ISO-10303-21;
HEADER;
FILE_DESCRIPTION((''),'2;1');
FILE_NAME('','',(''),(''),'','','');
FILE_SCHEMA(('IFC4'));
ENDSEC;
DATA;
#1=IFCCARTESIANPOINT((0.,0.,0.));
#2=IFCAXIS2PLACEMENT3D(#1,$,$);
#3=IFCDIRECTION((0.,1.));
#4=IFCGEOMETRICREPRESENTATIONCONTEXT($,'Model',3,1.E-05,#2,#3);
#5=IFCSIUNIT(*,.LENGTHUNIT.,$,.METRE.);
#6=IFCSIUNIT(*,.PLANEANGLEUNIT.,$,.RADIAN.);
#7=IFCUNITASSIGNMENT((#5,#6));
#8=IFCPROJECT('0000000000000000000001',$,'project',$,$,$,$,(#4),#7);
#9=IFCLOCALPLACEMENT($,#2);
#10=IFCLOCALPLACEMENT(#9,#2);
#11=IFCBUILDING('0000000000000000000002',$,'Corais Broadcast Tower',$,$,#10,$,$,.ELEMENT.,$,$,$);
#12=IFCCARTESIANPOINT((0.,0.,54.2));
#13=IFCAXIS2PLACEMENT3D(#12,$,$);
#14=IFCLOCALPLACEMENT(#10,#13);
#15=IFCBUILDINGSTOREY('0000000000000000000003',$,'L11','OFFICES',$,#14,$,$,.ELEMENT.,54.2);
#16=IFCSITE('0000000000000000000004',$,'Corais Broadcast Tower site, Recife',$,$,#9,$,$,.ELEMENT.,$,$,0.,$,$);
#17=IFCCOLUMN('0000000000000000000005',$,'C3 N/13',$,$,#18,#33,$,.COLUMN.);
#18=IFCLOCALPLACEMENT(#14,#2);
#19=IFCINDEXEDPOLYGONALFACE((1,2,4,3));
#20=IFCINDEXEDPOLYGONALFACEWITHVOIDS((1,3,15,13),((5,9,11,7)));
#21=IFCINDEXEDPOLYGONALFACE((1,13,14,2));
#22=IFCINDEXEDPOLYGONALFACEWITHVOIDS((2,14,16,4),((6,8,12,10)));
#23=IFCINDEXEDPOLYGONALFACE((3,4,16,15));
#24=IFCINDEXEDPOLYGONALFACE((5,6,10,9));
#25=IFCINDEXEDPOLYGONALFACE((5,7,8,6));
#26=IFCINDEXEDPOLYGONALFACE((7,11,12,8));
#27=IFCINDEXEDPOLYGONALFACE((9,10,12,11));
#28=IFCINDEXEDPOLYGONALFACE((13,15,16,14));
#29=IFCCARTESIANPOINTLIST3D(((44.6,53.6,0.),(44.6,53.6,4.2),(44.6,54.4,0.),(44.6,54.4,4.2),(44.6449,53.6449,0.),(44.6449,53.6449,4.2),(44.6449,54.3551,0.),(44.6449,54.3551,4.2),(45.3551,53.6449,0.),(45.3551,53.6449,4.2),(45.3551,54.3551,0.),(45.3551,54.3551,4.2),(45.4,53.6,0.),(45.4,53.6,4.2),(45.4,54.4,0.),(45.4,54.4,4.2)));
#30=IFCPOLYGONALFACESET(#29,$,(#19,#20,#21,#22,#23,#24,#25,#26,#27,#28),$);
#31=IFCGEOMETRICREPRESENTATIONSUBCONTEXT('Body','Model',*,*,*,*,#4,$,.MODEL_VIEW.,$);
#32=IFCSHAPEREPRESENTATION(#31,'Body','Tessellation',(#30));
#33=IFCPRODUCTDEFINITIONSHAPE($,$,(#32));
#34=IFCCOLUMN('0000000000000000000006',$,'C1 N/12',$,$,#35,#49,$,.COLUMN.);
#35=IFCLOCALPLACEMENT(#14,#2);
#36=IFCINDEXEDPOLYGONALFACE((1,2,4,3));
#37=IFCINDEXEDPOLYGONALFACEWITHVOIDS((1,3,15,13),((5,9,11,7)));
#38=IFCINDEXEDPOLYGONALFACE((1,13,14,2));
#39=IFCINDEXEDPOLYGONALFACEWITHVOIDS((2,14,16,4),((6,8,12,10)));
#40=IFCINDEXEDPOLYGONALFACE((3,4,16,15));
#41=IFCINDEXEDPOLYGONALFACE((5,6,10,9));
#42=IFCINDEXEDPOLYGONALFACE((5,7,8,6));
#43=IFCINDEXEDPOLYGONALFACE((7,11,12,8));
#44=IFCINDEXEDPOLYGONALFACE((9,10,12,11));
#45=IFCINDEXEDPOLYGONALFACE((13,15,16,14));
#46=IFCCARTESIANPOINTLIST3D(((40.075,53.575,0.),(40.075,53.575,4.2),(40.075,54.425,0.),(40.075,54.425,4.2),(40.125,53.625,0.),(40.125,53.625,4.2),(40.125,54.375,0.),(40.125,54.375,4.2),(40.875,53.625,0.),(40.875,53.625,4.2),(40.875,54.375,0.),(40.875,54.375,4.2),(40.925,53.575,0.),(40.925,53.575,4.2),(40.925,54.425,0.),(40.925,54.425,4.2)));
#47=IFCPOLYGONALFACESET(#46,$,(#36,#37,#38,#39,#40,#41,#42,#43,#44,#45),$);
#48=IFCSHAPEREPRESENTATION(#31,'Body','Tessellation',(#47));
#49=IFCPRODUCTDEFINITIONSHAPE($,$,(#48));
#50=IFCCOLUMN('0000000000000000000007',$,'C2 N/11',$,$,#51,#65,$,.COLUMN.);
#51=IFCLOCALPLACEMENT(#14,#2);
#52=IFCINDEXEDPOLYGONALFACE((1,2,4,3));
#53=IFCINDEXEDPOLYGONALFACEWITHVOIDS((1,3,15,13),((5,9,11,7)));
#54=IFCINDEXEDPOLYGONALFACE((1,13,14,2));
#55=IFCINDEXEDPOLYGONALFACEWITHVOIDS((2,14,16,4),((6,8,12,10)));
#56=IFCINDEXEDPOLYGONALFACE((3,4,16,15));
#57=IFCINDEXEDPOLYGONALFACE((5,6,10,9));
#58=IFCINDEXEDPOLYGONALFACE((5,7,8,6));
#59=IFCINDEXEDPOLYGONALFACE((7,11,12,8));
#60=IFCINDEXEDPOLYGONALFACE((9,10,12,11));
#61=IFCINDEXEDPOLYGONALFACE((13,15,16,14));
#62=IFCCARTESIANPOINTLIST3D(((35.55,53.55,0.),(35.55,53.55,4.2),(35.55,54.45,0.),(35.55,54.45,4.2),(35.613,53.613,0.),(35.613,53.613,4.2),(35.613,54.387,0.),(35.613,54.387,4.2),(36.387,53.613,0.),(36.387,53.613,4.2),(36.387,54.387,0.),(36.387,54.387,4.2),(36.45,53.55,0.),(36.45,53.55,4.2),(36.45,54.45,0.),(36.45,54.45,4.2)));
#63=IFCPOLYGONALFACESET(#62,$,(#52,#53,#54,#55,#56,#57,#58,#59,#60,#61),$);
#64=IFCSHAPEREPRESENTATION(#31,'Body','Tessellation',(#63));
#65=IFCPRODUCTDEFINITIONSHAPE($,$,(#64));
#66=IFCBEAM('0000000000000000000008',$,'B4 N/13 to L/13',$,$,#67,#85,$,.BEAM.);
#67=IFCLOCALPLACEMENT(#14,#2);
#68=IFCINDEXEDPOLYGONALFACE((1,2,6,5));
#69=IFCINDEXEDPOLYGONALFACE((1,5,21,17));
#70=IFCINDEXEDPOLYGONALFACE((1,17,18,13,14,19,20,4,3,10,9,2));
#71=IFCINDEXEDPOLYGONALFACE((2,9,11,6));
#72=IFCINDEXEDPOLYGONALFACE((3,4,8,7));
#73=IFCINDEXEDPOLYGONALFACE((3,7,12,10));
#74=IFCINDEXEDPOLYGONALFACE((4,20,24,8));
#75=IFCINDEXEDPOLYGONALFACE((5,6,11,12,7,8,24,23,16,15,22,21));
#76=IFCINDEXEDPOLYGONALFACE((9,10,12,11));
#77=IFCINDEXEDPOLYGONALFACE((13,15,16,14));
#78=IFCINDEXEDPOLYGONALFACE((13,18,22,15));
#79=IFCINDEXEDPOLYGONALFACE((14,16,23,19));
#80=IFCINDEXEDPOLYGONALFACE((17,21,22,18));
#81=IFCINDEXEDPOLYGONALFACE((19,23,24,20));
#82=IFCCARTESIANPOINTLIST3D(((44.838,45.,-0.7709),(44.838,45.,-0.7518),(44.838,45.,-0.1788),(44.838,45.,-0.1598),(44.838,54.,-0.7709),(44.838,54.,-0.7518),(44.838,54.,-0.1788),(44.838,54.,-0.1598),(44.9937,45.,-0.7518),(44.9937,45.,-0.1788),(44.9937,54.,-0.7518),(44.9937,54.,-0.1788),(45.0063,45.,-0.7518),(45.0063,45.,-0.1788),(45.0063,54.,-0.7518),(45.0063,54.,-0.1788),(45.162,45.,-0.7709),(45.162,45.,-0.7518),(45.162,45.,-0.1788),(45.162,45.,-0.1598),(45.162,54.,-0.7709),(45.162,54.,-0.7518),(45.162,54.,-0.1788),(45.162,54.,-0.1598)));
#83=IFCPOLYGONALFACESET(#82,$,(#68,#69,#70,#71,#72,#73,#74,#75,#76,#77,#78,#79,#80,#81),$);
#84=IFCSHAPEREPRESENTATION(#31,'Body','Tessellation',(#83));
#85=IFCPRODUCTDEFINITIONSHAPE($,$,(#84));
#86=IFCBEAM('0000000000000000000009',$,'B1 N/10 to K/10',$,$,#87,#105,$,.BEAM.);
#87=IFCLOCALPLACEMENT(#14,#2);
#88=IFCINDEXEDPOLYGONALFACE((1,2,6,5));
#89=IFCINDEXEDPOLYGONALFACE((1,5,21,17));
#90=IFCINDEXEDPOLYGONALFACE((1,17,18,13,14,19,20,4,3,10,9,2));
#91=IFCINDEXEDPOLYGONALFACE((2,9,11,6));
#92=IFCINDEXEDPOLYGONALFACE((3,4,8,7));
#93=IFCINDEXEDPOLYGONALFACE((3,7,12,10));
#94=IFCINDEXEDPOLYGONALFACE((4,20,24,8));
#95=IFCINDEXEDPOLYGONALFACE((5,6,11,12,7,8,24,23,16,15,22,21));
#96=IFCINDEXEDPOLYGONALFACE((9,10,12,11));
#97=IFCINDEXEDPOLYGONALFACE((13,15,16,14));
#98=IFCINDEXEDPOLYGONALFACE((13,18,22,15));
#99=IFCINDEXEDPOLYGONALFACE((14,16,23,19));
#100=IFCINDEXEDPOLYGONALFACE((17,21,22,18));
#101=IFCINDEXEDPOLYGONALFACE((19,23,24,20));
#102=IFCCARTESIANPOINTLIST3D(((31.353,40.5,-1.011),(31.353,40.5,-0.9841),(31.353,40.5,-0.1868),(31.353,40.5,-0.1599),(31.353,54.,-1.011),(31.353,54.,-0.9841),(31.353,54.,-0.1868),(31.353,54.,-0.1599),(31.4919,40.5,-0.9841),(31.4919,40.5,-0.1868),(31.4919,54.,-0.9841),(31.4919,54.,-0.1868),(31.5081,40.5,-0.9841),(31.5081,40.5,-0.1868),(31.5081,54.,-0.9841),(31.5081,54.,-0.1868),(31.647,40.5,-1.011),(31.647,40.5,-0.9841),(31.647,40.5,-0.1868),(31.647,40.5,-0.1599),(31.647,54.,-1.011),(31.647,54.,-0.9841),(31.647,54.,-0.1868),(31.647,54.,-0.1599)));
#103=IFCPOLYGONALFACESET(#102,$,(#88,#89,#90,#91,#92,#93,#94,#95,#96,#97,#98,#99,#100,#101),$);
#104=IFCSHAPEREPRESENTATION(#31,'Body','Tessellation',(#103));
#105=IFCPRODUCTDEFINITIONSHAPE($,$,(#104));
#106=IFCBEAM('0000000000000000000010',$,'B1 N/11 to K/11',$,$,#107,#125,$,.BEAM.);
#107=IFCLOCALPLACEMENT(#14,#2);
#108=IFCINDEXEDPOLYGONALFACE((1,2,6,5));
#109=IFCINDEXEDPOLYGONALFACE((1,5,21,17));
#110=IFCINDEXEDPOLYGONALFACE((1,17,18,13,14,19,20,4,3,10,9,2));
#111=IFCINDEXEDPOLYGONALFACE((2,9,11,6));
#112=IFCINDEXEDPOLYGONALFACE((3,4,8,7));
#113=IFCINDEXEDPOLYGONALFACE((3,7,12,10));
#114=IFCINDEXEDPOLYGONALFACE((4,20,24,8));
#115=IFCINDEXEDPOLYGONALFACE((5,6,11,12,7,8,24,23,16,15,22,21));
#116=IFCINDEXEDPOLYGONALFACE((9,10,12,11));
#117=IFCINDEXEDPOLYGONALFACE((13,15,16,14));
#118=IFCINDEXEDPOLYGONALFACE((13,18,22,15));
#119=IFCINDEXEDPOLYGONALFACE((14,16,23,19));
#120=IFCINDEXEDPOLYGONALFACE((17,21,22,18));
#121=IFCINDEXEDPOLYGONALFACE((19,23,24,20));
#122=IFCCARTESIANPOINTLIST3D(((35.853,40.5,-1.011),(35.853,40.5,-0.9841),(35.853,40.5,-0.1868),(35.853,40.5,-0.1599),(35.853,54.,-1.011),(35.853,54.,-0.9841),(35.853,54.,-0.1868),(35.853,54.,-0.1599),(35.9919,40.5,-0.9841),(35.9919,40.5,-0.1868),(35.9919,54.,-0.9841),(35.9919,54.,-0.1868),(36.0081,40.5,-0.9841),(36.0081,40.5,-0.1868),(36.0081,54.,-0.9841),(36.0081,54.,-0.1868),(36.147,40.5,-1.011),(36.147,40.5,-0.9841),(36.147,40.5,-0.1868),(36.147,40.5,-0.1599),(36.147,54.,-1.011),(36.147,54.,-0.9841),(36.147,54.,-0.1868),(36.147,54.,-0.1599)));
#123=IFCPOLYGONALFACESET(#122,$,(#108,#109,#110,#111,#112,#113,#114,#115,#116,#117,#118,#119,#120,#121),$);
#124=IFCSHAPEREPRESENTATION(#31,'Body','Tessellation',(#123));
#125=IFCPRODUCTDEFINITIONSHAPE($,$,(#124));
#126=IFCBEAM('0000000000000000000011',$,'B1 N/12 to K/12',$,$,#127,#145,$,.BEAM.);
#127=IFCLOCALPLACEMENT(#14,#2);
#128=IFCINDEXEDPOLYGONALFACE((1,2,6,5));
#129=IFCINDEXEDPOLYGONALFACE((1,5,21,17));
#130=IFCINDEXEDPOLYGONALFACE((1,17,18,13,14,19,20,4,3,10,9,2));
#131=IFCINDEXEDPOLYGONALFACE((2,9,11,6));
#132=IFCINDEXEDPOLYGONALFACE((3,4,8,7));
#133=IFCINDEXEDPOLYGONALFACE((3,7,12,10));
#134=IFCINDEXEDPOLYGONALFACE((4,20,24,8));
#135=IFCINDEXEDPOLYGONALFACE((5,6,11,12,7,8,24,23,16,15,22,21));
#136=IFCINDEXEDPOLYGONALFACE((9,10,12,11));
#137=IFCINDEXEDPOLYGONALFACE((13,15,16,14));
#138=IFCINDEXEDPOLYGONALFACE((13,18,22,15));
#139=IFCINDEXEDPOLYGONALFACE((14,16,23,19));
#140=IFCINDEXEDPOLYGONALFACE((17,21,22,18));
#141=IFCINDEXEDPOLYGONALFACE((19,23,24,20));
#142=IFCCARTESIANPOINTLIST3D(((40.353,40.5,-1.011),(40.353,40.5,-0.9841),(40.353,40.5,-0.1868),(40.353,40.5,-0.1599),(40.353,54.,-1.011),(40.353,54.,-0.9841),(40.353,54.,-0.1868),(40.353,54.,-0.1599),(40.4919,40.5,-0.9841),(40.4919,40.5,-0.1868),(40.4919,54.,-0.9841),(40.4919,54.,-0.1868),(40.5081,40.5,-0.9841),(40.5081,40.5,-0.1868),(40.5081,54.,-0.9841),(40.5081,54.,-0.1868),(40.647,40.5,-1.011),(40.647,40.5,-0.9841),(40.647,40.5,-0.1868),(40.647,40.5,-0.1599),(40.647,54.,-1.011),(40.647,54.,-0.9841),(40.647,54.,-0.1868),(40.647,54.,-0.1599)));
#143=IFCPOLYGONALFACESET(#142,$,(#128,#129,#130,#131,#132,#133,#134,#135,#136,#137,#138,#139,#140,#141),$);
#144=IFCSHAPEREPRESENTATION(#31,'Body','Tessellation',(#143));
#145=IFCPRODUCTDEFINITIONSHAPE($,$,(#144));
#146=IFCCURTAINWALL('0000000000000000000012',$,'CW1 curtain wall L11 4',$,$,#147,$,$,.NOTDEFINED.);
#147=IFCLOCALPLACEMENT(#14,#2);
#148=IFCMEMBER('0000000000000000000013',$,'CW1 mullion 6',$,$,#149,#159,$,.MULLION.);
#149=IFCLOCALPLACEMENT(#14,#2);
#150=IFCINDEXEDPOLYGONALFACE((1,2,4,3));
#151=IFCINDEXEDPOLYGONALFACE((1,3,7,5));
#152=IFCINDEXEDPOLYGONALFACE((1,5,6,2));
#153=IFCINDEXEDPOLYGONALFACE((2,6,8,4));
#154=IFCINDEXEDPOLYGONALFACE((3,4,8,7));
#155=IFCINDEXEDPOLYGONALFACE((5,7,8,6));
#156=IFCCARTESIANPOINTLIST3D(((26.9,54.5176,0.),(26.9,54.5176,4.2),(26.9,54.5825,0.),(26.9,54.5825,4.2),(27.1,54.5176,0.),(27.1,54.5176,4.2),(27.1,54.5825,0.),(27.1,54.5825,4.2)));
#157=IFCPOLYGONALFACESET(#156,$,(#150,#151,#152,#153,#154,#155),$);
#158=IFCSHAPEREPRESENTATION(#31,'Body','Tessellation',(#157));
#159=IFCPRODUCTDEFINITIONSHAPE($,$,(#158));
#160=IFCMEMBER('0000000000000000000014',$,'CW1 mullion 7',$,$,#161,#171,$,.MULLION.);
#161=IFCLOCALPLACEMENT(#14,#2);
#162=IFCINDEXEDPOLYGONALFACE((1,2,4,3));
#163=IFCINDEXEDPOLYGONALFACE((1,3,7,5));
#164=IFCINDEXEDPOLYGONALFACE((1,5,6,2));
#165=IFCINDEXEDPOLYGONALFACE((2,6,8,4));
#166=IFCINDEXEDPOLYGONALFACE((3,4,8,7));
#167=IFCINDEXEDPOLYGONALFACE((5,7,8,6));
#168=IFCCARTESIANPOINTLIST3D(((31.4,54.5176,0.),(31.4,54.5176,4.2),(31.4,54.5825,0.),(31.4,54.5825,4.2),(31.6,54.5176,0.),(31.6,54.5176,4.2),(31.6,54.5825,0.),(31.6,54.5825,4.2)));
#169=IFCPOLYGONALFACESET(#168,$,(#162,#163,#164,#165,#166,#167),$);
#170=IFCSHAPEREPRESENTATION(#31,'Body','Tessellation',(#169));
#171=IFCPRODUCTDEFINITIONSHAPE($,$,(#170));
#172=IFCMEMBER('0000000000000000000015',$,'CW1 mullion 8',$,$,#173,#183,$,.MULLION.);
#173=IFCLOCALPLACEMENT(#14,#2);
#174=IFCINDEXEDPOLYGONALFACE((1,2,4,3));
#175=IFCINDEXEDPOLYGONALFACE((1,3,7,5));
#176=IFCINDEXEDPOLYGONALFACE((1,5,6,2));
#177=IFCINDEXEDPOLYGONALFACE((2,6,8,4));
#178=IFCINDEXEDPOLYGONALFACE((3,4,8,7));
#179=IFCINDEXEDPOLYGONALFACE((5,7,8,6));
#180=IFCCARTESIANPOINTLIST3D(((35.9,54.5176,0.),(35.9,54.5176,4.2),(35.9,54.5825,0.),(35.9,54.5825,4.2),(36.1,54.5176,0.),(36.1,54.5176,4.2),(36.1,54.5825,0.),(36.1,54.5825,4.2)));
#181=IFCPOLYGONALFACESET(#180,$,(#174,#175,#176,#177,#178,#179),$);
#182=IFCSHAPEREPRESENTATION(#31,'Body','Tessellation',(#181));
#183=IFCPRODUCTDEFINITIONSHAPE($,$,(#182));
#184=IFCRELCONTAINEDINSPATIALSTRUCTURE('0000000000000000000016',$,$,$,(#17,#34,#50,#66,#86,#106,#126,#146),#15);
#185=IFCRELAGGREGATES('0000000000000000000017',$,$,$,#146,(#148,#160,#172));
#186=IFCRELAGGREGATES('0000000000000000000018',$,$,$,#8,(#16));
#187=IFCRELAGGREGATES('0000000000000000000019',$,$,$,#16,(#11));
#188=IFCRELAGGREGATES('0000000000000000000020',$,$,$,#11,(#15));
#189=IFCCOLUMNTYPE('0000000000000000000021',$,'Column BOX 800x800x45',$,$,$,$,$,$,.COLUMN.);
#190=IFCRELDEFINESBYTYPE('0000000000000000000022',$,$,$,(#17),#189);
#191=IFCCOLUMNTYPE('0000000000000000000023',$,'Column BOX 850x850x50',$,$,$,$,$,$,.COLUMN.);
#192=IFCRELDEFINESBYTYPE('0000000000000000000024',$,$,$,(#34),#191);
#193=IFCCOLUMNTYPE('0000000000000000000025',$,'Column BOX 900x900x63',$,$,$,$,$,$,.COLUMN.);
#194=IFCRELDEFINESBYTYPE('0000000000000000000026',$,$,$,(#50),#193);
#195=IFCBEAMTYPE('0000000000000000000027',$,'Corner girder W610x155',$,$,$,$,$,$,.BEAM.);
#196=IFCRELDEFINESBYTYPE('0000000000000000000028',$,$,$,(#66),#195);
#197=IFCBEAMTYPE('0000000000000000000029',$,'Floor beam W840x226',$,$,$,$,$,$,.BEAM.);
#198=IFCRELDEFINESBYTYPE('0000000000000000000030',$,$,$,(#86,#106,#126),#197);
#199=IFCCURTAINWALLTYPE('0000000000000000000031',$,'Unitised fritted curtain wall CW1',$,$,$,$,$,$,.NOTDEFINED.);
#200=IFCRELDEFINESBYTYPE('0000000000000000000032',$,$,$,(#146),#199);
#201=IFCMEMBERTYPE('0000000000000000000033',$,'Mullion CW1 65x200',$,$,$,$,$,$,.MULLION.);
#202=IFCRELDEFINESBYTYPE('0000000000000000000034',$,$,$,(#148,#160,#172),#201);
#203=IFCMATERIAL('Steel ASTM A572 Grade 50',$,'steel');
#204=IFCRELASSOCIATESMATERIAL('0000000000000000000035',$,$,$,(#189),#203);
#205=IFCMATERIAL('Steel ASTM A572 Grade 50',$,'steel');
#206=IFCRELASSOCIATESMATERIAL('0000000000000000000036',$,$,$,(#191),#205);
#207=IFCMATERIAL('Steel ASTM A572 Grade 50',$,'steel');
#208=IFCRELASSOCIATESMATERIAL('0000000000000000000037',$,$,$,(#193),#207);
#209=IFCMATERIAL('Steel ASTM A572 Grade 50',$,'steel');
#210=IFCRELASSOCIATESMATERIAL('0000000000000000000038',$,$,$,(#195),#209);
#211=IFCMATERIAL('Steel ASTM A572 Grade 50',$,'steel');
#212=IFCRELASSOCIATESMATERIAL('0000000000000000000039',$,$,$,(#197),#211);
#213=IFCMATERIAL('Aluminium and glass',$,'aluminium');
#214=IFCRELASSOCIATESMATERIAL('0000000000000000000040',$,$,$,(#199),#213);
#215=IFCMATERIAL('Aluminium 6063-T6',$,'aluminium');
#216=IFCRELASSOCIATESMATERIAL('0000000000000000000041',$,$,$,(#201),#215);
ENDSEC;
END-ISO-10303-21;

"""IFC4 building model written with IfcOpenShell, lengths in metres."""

from ifc_helpers import new_model, si_unit, direction, frame, origin, origin_2d, place, context, subcontext, project, spatial, rectangle, hollow_rectangle, i_section, extrude, material, material_profile, profile_set, type_object, element, aggregate, save


model = new_model("IFC4")

# Units and contexts
model_context = context("Model", 3, precision=1e-05, world=origin(), true_north=direction((0.0, 1.0)))
body_context = subcontext(model_context, "Body", "Model", "MODEL_VIEW")
ifc_project = project(units=[si_unit("LENGTHUNIT", "METRE"), si_unit("PLANEANGLEUNIT", "RADIAN")], contexts=[model_context])

# Site, building, storey
site_placement = place(None, origin())
site = spatial("IfcSite", under=ifc_project, at=site_placement, Name="Corais Broadcast Tower site, Recife", CompositionType="ELEMENT", RefElevation=0.0)
building_placement = place(site_placement, origin())
building = spatial("IfcBuilding", under=site, at=building_placement, Name="Corais Broadcast Tower", CompositionType="ELEMENT")
storey_placement = place(building_placement, frame((0.0, 0.0, 54.2)))
storey = spatial("IfcBuildingStorey", under=building, at=storey_placement, Name="L11", Description="OFFICES", CompositionType="ELEMENT", Elevation=54.2)

# Columns
ifc_material_1 = material(Name="Steel ASTM A572 Grade 50", Category="steel")
ifc_material_profile_1 = material_profile(ifc_material_1, hollow_rectangle(XDim=0.8, YDim=0.8, WallThickness=0.0449, at=origin_2d()), Name="BOX 800x800x45")
ifc_profile_set_1 = profile_set([ifc_material_profile_1], Name="Steel ASTM A572 Grade 50")
column_type_1 = type_object("IfcColumnType", Name="Column BOX 800x800x45", PredefinedType="COLUMN", material=ifc_profile_set_1)
column_1_placement = place(storey_placement, frame((45.0, 54.0, 0.0), z_axis=(0.0, 0.0, 1.0), x_axis=(1.0, 0.0, 0.0)))
element("IfcColumn", 1, at=column_1_placement, inside=storey, type_object=column_type_1, Name="C3 N/13", PredefinedType="COLUMN", context=body_context, shape_type="SweptSolid", body=[
    extrude(hollow_rectangle(XDim=0.8, YDim=0.8, WallThickness=0.0449, at=origin_2d()), origin(), (0.0, 0.0, 1.0), 4.2),
])
ifc_material_2 = material(Name="Steel ASTM A572 Grade 50", Category="steel")
ifc_material_profile_2 = material_profile(ifc_material_2, hollow_rectangle(XDim=0.8501, YDim=0.8501, WallThickness=0.05, at=origin_2d()), Name="BOX 850x850x50")
ifc_profile_set_2 = profile_set([ifc_material_profile_2], Name="Steel ASTM A572 Grade 50")
column_type_2 = type_object("IfcColumnType", Name="Column BOX 850x850x50", PredefinedType="COLUMN", material=ifc_profile_set_2)
column_2_placement = place(storey_placement, frame((40.5, 54.0, 0.0), z_axis=(0.0, 0.0, 1.0), x_axis=(1.0, 0.0, 0.0)))
element("IfcColumn", 2, at=column_2_placement, inside=storey, type_object=column_type_2, Name="C1 N/12", PredefinedType="COLUMN", context=body_context, shape_type="SweptSolid", body=[
    extrude(hollow_rectangle(XDim=0.8501, YDim=0.8501, WallThickness=0.05, at=origin_2d()), origin(), (0.0, 0.0, 1.0), 4.2),
])
ifc_material_3 = material(Name="Steel ASTM A572 Grade 50", Category="steel")
ifc_material_profile_3 = material_profile(ifc_material_3, hollow_rectangle(XDim=0.8999, YDim=0.8999, WallThickness=0.063, at=origin_2d()), Name="BOX 900x900x63")
ifc_profile_set_3 = profile_set([ifc_material_profile_3], Name="Steel ASTM A572 Grade 50")
column_type_3 = type_object("IfcColumnType", Name="Column BOX 900x900x63", PredefinedType="COLUMN", material=ifc_profile_set_3)
column_3_placement = place(storey_placement, frame((36.0, 54.0, 0.0), z_axis=(0.0, 0.0, 1.0), x_axis=(1.0, 0.0, 0.0)))
element("IfcColumn", 3, at=column_3_placement, inside=storey, type_object=column_type_3, Name="C2 N/11", PredefinedType="COLUMN", context=body_context, shape_type="SweptSolid", body=[
    extrude(hollow_rectangle(XDim=0.8999, YDim=0.8999, WallThickness=0.063, at=origin_2d()), origin(), (0.0, 0.0, 1.0), 4.2),
])

# Beams
ifc_material_4 = material(Name="Steel ASTM A572 Grade 50", Category="steel")
ifc_material_profile_4 = material_profile(ifc_material_4, i_section(OverallWidth=0.324, OverallDepth=0.6111, WebThickness=0.0127, FlangeThickness=0.019, at=origin_2d()), Name="W610x155")
ifc_profile_set_4 = profile_set([ifc_material_profile_4], Name="Steel ASTM A572 Grade 50")
beam_type_1 = type_object("IfcBeamType", Name="Corner girder W610x155", PredefinedType="BEAM", material=ifc_profile_set_4)
beam_1_placement = place(storey_placement, frame((45.0, 54.0, -0.4653), z_axis=(0.0, -1.0, 0.0), x_axis=(1.0, 0.0, 0.0)))
element("IfcBeam", 4, at=beam_1_placement, inside=storey, type_object=beam_type_1, Name="B4 N/13 to L/13", PredefinedType="BEAM", context=body_context, shape_type="SweptSolid", body=[
    extrude(i_section(OverallWidth=0.324, OverallDepth=0.6111, WebThickness=0.0127, FlangeThickness=0.019, at=origin_2d()), origin(), (0.0, 0.0, 1.0), 9.0),
])
ifc_material_5 = material(Name="Steel ASTM A572 Grade 50", Category="steel")
ifc_material_profile_5 = material_profile(ifc_material_5, i_section(OverallWidth=0.2939, OverallDepth=0.8511, WebThickness=0.0161, FlangeThickness=0.0269, at=origin_2d()), Name="W840x226")
ifc_profile_set_5 = profile_set([ifc_material_profile_5], Name="Steel ASTM A572 Grade 50")
beam_type_2 = type_object("IfcBeamType", Name="Floor beam W840x226", PredefinedType="BEAM", material=ifc_profile_set_5)
for number, where, z_axis, x_axis, name in (
    (5, (31.5, 54.0, -0.5854), (0.0, -1.0, 0.0), (1.0, 0.0, 0.0), "B1 N/10 to K/10"),
    (6, (36.0, 54.0, -0.5854), (0.0, -1.0, 0.0), (1.0, 0.0, 0.0), "B1 N/11 to K/11"),
    (7, (40.5, 54.0, -0.5854), (0.0, -1.0, 0.0), (1.0, 0.0, 0.0), "B1 N/12 to K/12"),
):
    element("IfcBeam", number, at=place(storey_placement, frame(where, z_axis=z_axis, x_axis=x_axis)), inside=storey, type_object=beam_type_2, Name=name, PredefinedType="BEAM", context=body_context, shape_type="SweptSolid", body=[
        extrude(i_section(OverallWidth=0.2939, OverallDepth=0.8511, WebThickness=0.0161, FlangeThickness=0.0269, at=origin_2d()), origin(), (0.0, 0.0, 1.0), 13.5),
    ])

# Curtain wall, members
ifc_material_6 = material(Name="Aluminium and glass", Category="aluminium")
curtain_wall_type = type_object("IfcCurtainWallType", Name="Unitised fritted curtain wall CW1", PredefinedType="NOTDEFINED", material=ifc_material_6)
curtain_wall_placement = place(storey_placement, origin())
curtain_wall = element("IfcCurtainWall", 8, at=curtain_wall_placement, inside=storey, type_object=curtain_wall_type, Name="CW1 curtain wall L11 4", PredefinedType="NOTDEFINED")
ifc_material_7 = material(Name="Aluminium 6063-T6", Category="aluminium")
ifc_material_profile_6 = material_profile(ifc_material_7, rectangle(XDim=0.0649, YDim=0.2, at=origin_2d()), Name="Mullion CW1 65x200")
ifc_profile_set_6 = profile_set([ifc_material_profile_6], Name="Aluminium 6063-T6")
member_type_1 = type_object("IfcMemberType", Name="Mullion CW1 65x200", PredefinedType="MULLION", material=ifc_profile_set_6)
member_1_placement = place(storey_placement, frame((27.0, 54.55, 0.0), z_axis=(0.0, 0.0, 1.0), x_axis=(0.0, 1.0, 0.0)))
member_1 = element("IfcMember", 9, at=member_1_placement, type_object=member_type_1, Name="CW1 mullion 6", PredefinedType="MULLION", context=body_context, shape_type="SweptSolid", body=[
    extrude(rectangle(XDim=0.0649, YDim=0.2, at=origin_2d()), origin(), (0.0, 0.0, 1.0), 4.2),
])
member_2_placement = place(storey_placement, frame((31.5, 54.55, 0.0), z_axis=(0.0, 0.0, 1.0), x_axis=(0.0, 1.0, 0.0)))
member_2 = element("IfcMember", 10, at=member_2_placement, type_object=member_type_1, Name="CW1 mullion 7", PredefinedType="MULLION", context=body_context, shape_type="SweptSolid", body=[
    extrude(rectangle(XDim=0.0649, YDim=0.2, at=origin_2d()), origin(), (0.0, 0.0, 1.0), 4.2),
])
member_3_placement = place(storey_placement, frame((36.0, 54.55, 0.0), z_axis=(0.0, 0.0, 1.0), x_axis=(0.0, 1.0, 0.0)))
member_3 = element("IfcMember", 11, at=member_3_placement, type_object=member_type_1, Name="CW1 mullion 8", PredefinedType="MULLION", context=body_context, shape_type="SweptSolid", body=[
    extrude(rectangle(XDim=0.0649, YDim=0.2, at=origin_2d()), origin(), (0.0, 0.0, 1.0), 4.2),
])

aggregate(curtain_wall, [member_1, member_2, member_3])

save(model, "model.ifc")
